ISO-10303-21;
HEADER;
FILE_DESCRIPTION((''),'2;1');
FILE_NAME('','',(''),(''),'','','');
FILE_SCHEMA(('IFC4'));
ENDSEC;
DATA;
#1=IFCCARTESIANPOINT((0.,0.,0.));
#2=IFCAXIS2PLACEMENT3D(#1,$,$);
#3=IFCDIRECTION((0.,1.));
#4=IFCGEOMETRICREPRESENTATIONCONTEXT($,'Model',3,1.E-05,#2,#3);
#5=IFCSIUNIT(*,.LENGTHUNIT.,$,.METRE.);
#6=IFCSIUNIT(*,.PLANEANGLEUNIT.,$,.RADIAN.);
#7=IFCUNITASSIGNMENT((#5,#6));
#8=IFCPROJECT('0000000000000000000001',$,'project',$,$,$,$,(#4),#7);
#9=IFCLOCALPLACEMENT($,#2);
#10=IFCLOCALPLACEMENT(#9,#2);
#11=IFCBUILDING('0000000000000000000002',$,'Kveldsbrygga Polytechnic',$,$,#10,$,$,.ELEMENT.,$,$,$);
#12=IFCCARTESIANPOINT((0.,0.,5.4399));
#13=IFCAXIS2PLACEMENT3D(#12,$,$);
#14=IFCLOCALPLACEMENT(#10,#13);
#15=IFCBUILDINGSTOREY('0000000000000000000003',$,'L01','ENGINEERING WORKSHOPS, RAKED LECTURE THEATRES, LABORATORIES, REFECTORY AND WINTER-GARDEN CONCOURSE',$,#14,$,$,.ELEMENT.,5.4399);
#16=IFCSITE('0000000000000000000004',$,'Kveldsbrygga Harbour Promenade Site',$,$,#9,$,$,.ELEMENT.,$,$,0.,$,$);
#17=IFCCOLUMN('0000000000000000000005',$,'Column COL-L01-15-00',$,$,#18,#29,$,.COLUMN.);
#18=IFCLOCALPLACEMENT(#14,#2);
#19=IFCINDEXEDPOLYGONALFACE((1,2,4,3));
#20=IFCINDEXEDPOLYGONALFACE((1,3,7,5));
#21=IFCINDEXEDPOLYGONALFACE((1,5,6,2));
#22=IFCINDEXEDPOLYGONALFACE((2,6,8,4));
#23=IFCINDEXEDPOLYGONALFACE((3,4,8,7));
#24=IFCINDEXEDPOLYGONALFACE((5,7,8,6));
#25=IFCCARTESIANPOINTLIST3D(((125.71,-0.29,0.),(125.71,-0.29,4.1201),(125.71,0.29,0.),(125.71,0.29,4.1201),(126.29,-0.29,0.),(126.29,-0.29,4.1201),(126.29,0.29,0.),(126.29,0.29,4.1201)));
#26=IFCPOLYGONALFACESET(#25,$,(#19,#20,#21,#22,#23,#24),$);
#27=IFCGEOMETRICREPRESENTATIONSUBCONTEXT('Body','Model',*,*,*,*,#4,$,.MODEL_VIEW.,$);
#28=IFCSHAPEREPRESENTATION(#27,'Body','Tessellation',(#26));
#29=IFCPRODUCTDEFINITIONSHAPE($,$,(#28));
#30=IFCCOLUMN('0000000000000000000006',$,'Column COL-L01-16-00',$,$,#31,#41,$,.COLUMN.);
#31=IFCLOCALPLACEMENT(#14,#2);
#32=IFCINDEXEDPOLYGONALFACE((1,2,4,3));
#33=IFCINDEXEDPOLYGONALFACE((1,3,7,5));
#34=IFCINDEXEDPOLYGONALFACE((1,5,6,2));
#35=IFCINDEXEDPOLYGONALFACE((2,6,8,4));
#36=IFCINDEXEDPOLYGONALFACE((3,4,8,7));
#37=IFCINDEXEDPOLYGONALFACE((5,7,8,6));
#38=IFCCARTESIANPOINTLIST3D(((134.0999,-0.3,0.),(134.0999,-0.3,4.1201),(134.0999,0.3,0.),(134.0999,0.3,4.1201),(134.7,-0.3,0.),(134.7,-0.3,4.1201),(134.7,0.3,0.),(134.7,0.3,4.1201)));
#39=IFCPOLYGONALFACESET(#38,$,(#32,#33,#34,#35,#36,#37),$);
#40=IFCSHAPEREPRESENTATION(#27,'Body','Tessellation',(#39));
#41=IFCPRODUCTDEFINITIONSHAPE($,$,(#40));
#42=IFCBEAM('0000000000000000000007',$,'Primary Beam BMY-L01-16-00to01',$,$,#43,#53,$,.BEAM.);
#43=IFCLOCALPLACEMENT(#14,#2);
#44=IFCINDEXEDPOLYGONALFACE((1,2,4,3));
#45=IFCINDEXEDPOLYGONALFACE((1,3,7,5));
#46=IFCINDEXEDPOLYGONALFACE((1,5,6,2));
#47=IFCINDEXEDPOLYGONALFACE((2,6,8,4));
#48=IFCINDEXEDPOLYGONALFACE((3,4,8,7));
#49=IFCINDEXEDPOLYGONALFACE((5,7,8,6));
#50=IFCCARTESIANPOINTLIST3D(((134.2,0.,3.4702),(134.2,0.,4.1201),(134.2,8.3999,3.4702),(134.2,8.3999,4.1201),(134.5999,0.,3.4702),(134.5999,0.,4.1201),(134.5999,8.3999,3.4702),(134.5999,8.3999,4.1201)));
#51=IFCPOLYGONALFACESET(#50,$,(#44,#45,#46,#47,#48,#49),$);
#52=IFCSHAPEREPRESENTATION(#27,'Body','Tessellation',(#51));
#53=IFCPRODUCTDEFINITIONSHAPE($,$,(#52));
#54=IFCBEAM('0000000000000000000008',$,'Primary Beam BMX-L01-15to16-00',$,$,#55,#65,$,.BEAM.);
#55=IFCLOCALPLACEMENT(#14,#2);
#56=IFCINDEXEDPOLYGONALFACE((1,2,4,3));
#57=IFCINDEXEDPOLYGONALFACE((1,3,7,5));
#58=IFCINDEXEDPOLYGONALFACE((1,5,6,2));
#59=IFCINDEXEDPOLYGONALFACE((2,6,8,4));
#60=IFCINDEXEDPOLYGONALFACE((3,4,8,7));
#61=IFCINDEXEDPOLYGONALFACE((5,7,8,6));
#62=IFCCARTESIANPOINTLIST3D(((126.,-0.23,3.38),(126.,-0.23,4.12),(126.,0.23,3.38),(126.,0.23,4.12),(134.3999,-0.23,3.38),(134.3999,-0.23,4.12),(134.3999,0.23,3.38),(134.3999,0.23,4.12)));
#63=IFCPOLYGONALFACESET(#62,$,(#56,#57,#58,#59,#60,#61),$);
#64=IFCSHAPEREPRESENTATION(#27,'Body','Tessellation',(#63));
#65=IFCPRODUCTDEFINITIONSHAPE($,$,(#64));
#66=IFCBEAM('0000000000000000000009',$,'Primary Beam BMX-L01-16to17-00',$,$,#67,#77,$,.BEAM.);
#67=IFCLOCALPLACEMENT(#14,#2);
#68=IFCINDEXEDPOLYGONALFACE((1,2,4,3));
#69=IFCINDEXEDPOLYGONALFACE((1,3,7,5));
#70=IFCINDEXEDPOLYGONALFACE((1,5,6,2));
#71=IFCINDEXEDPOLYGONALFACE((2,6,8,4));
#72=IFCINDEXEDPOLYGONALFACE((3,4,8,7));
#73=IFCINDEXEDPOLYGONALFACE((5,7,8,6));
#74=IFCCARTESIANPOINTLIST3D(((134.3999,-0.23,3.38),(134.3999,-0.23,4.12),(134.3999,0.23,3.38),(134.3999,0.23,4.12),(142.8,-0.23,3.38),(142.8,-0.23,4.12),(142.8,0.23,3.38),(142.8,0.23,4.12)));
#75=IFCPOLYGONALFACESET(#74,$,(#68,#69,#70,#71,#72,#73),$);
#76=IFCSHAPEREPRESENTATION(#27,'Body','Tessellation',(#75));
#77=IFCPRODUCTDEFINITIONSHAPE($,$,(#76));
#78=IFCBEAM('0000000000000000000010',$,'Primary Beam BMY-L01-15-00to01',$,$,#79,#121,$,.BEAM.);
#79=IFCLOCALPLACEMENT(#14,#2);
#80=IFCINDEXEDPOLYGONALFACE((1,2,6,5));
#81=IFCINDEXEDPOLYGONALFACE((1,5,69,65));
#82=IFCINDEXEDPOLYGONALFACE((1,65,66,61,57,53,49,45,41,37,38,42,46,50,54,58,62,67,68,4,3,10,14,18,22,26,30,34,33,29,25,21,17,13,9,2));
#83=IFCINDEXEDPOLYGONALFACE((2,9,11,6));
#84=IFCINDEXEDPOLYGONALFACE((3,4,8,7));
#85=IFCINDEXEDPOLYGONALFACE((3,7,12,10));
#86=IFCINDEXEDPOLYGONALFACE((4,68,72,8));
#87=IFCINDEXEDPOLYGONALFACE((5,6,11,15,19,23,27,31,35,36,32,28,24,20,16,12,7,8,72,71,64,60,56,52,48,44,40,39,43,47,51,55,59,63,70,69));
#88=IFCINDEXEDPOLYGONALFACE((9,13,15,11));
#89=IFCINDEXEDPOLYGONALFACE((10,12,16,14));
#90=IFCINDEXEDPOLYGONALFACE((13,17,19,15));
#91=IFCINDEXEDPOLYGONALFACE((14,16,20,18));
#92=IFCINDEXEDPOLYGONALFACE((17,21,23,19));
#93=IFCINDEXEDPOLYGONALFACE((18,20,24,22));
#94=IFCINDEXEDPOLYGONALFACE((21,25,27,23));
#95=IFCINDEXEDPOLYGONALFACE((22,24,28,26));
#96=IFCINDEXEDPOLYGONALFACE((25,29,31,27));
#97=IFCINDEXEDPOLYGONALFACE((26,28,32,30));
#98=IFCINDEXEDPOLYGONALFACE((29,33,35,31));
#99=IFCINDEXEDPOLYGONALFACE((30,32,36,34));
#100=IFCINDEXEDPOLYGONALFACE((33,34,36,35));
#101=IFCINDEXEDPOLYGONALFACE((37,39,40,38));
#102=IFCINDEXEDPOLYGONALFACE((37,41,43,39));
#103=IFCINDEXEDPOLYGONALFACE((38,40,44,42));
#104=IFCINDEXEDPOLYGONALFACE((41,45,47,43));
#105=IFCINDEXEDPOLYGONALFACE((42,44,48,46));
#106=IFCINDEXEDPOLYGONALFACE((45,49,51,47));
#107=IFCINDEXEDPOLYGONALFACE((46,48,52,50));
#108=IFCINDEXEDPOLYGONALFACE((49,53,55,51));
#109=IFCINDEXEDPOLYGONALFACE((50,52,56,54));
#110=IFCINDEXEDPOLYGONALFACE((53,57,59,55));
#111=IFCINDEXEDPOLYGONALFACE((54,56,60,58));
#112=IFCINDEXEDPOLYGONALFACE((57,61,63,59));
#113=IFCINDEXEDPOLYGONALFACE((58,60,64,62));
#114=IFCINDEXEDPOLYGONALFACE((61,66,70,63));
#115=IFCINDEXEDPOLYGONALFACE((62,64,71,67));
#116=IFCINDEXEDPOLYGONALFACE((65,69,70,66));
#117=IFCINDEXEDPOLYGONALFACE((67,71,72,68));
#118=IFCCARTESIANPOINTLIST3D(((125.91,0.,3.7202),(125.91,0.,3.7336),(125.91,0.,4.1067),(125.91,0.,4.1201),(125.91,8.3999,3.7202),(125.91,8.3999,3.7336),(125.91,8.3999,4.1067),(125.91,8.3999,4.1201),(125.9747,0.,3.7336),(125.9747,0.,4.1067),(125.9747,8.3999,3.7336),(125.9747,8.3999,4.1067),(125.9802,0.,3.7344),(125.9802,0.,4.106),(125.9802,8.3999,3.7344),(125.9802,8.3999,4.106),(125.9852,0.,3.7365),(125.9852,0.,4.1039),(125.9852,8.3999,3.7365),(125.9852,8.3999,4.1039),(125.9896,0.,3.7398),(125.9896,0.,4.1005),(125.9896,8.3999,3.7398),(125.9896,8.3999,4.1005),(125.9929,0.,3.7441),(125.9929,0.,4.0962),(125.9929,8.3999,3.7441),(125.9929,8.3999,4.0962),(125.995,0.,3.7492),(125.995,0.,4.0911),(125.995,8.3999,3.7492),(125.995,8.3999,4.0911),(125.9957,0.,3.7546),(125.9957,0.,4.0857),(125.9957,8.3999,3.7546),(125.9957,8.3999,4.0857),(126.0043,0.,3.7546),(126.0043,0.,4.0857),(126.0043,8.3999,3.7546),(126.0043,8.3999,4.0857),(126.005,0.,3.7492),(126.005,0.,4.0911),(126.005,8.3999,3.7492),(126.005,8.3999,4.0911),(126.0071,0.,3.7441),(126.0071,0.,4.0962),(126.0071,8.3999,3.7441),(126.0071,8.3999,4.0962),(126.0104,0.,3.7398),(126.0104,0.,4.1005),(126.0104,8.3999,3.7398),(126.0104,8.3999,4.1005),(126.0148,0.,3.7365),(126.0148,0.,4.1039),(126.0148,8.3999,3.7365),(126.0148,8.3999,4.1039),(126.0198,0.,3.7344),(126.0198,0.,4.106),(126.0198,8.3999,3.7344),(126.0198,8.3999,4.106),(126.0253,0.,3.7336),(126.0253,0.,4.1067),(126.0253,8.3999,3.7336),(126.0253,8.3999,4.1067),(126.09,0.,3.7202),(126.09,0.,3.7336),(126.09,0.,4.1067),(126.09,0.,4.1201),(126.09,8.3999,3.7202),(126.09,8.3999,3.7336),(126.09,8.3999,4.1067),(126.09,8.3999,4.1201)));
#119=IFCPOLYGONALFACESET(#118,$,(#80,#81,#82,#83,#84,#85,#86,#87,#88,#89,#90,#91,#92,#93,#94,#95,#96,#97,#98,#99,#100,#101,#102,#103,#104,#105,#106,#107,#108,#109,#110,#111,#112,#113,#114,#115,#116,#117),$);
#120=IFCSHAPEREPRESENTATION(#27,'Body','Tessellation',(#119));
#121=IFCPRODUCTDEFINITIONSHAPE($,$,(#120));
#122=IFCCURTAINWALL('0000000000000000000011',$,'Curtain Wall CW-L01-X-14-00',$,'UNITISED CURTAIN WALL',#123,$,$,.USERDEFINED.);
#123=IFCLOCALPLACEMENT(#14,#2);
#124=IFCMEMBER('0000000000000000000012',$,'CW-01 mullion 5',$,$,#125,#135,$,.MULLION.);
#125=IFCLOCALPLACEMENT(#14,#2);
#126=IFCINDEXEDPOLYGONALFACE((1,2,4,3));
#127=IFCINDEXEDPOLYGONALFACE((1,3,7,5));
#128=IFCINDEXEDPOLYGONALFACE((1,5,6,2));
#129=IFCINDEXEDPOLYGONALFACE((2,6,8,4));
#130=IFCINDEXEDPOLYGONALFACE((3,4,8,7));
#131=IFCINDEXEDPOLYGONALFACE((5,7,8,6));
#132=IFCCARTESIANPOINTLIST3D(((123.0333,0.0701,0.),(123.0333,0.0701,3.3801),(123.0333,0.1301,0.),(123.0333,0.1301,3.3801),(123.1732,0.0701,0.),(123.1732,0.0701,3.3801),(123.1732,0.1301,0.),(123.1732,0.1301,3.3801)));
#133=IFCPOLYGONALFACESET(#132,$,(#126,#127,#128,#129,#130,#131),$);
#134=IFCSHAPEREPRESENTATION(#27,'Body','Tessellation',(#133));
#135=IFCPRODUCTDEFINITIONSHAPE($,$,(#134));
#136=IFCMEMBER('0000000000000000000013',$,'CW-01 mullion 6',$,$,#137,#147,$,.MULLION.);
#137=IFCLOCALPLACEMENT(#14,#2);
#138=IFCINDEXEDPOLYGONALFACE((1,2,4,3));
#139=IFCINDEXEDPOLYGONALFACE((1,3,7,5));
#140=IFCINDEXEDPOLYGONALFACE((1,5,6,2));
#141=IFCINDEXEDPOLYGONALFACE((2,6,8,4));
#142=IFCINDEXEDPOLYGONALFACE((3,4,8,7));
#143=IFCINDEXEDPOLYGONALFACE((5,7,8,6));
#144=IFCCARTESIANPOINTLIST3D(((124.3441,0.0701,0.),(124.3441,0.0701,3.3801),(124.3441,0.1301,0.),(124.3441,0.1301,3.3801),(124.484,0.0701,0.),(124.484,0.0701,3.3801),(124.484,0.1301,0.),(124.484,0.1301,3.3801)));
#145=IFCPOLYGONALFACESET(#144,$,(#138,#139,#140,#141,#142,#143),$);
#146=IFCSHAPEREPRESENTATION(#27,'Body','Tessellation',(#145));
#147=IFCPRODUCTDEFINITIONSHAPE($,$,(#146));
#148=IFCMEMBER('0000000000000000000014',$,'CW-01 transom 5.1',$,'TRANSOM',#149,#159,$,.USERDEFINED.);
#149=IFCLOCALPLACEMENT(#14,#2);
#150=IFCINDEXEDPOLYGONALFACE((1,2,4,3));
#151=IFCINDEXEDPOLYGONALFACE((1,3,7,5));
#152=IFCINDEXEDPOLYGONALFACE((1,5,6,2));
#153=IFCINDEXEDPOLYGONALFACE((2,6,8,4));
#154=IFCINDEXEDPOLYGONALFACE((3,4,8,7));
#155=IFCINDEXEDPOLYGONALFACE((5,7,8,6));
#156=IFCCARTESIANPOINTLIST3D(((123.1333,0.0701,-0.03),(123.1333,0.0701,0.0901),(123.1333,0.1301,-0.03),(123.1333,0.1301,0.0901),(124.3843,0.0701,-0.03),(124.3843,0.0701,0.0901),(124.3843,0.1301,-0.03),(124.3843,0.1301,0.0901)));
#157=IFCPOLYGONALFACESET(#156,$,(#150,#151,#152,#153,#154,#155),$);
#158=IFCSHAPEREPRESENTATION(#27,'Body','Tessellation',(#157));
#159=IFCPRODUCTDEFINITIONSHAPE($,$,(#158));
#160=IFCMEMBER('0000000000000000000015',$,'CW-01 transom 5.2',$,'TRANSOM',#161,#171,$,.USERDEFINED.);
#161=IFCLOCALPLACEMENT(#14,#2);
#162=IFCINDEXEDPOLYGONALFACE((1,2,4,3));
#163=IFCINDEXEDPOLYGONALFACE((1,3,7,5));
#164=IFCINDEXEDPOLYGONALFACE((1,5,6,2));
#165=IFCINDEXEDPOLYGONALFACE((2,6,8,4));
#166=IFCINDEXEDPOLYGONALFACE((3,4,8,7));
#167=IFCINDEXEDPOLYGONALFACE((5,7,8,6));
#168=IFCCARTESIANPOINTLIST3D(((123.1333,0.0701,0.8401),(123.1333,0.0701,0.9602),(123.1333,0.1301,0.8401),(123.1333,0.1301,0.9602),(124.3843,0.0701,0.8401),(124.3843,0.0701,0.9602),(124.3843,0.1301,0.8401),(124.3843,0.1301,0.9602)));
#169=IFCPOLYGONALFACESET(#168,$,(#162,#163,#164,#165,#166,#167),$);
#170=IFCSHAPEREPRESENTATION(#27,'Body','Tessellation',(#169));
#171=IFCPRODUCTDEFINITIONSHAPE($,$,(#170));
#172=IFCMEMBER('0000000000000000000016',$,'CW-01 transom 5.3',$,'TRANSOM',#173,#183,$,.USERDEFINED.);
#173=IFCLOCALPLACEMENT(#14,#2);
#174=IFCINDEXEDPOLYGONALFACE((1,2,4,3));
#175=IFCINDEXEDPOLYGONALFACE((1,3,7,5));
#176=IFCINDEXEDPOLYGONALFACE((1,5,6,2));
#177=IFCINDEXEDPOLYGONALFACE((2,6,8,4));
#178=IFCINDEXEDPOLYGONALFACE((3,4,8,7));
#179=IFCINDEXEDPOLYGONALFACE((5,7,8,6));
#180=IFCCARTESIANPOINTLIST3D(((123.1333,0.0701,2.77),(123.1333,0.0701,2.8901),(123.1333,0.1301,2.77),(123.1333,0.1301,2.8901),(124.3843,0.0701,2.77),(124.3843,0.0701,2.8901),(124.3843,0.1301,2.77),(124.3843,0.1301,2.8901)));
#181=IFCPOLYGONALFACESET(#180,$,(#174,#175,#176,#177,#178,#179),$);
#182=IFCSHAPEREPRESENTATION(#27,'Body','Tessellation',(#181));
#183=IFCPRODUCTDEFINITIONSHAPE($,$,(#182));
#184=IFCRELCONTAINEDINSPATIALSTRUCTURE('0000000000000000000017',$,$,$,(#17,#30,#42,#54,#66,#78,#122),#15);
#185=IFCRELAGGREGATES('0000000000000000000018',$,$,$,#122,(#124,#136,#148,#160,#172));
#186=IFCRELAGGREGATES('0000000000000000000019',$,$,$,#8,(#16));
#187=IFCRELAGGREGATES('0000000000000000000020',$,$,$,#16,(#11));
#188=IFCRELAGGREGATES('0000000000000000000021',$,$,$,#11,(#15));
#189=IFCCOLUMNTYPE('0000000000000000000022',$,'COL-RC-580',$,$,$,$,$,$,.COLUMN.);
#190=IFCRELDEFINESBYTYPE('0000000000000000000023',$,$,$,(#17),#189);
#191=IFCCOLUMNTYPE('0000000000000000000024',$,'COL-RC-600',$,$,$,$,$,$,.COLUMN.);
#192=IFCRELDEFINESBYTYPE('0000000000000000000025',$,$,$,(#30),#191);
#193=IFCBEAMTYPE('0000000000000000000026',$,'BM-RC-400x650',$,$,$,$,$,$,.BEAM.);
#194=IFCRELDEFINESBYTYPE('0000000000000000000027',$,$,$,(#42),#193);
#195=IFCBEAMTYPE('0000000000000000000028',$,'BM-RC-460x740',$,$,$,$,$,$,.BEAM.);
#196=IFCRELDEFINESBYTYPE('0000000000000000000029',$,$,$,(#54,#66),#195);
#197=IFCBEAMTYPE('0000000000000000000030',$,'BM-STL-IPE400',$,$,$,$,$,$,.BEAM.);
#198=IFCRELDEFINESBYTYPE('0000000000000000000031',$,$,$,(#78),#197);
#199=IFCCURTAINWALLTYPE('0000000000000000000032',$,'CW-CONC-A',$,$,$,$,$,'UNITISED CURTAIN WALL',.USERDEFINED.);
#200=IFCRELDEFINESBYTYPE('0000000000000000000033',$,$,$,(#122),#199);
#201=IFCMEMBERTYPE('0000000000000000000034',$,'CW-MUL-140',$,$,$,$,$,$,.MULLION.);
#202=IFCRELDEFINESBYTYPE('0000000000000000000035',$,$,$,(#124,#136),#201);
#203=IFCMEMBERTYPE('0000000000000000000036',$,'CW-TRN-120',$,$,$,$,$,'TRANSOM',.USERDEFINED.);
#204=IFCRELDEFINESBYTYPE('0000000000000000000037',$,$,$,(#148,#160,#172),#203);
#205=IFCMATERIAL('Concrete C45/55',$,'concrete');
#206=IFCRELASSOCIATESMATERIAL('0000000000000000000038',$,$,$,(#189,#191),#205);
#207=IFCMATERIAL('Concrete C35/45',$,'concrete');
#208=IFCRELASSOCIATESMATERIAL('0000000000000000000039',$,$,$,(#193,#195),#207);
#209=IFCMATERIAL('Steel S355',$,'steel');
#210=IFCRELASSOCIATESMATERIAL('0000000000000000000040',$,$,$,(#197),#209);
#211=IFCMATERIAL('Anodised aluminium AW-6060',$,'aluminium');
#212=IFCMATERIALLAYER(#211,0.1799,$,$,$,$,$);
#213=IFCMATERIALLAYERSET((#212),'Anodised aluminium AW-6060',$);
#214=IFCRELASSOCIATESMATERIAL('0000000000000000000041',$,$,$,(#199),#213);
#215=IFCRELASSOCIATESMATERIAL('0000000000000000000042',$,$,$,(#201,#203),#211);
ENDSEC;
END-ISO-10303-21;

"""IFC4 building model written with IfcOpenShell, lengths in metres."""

from ifc_helpers import new_model, si_unit, direction, frame, origin, origin_2d, place, context, subcontext, project, spatial, rectangle, i_section, extrude, material, layer, layer_set, material_profile, profile_set, type_object, element, aggregate, save


model = new_model("IFC4")

# Units and contexts
model_context = context("Model", 3, precision=1e-05, world=origin(), true_north=direction((0.0, 1.0)))
body_context = subcontext(model_context, "Body", "Model", "MODEL_VIEW")
ifc_project = project(units=[si_unit("LENGTHUNIT", "METRE"), si_unit("PLANEANGLEUNIT", "RADIAN")], contexts=[model_context])

# Site, building, storey
site_placement = place(None, origin())
site = spatial("IfcSite", under=ifc_project, at=site_placement, Name="Kveldsbrygga Harbour Promenade Site", CompositionType="ELEMENT", RefElevation=0.0)
building_placement = place(site_placement, origin())
building = spatial("IfcBuilding", under=site, at=building_placement, Name="Kveldsbrygga Polytechnic", CompositionType="ELEMENT")
storey_placement = place(building_placement, frame((0.0, 0.0, 5.4399)))
storey = spatial("IfcBuildingStorey", under=building, at=storey_placement, Name="L01", Description="ENGINEERING WORKSHOPS, RAKED LECTURE THEATRES, LABORATORIES, REFECTORY AND WINTER-GARDEN CONCOURSE", CompositionType="ELEMENT", Elevation=5.4399)

# Columns
ifc_material_1 = material(Name="Concrete C45/55", Category="concrete")
ifc_material_profile_1 = material_profile(ifc_material_1, rectangle(XDim=0.5801, YDim=0.5801, at=origin_2d()), Name="RC 580x580")
ifc_profile_set_1 = profile_set([ifc_material_profile_1], Name="Concrete C45/55")
column_type_1 = type_object("IfcColumnType", Name="COL-RC-580", PredefinedType="COLUMN", material=ifc_profile_set_1)
column_1_placement = place(storey_placement, frame((126.0, 0.0, 0.0), z_axis=(0.0, 0.0, 1.0), x_axis=(1.0, 0.0, 0.0)))
element("IfcColumn", 1, at=column_1_placement, inside=storey, type_object=column_type_1, Name="Column COL-L01-15-00", PredefinedType="COLUMN", context=body_context, shape_type="SweptSolid", body=[
    extrude(rectangle(XDim=0.5801, YDim=0.5801, at=origin_2d()), origin(), (0.0, 0.0, 1.0), 4.1201),
])
ifc_material_profile_2 = material_profile(ifc_material_1, rectangle(XDim=0.6001, YDim=0.6001, at=origin_2d()), Name="RC 600x600")
ifc_profile_set_2 = profile_set([ifc_material_profile_2], Name="Concrete C45/55")
column_type_2 = type_object("IfcColumnType", Name="COL-RC-600", PredefinedType="COLUMN", material=ifc_profile_set_2)
column_2_placement = place(storey_placement, frame((134.3999, 0.0, 0.0), z_axis=(0.0, 0.0, 1.0), x_axis=(1.0, 0.0, 0.0)))
element("IfcColumn", 2, at=column_2_placement, inside=storey, type_object=column_type_2, Name="Column COL-L01-16-00", PredefinedType="COLUMN", context=body_context, shape_type="SweptSolid", body=[
    extrude(rectangle(XDim=0.6001, YDim=0.6001, at=origin_2d()), origin(), (0.0, 0.0, 1.0), 4.1201),
])

# Beams
ifc_material_2 = material(Name="Concrete C35/45", Category="concrete")
ifc_material_profile_3 = material_profile(ifc_material_2, rectangle(XDim=0.3999, YDim=0.6499, at=origin_2d()), Name="RC 400x650")
ifc_profile_set_3 = profile_set([ifc_material_profile_3], Name="Concrete C35/45")
beam_type_1 = type_object("IfcBeamType", Name="BM-RC-400x650", PredefinedType="BEAM", material=ifc_profile_set_3)
beam_1_placement = place(storey_placement, frame((134.3999, 0.0, 3.7952), z_axis=(0.0, 1.0, 0.0), x_axis=(-1.0, 0.0, 0.0)))
element("IfcBeam", 3, at=beam_1_placement, inside=storey, type_object=beam_type_1, Name="Primary Beam BMY-L01-16-00to01", PredefinedType="BEAM", context=body_context, shape_type="SweptSolid", body=[
    extrude(rectangle(XDim=0.3999, YDim=0.6499, at=origin_2d()), origin(), (0.0, 0.0, 1.0), 8.3999),
])
ifc_material_profile_4 = material_profile(ifc_material_2, rectangle(XDim=0.46, YDim=0.74, at=origin_2d()), Name="RC 460x740")
ifc_profile_set_4 = profile_set([ifc_material_profile_4], Name="Concrete C35/45")
beam_type_2 = type_object("IfcBeamType", Name="BM-RC-460x740", PredefinedType="BEAM", material=ifc_profile_set_4)
beam_2_placement = place(storey_placement, frame((126.0, 0.0, 3.75), z_axis=(1.0, 0.0, 0.0), x_axis=(0.0, 1.0, 0.0)))
element("IfcBeam", 4, at=beam_2_placement, inside=storey, type_object=beam_type_2, Name="Primary Beam BMX-L01-15to16-00", PredefinedType="BEAM", context=body_context, shape_type="SweptSolid", body=[
    extrude(rectangle(XDim=0.46, YDim=0.74, at=origin_2d()), origin(), (0.0, 0.0, 1.0), 8.3999),
])
beam_3_placement = place(storey_placement, frame((134.3999, 0.0, 3.75), z_axis=(1.0, 0.0, 0.0), x_axis=(0.0, 1.0, 0.0)))
element("IfcBeam", 5, at=beam_3_placement, inside=storey, type_object=beam_type_2, Name="Primary Beam BMX-L01-16to17-00", PredefinedType="BEAM", context=body_context, shape_type="SweptSolid", body=[
    extrude(rectangle(XDim=0.46, YDim=0.74, at=origin_2d()), origin(), (0.0, 0.0, 1.0), 8.4001),
])
ifc_material_3 = material(Name="Steel S355", Category="steel")
ifc_material_profile_5 = material_profile(ifc_material_3, i_section(OverallWidth=0.1799, OverallDepth=0.3999, WebThickness=0.0085, FlangeThickness=0.0134, FilletRadius=0.021, at=origin_2d()), Name="IPE 400")
ifc_profile_set_5 = profile_set([ifc_material_profile_5], Name="Steel S355")
beam_type_3 = type_object("IfcBeamType", Name="BM-STL-IPE400", PredefinedType="BEAM", material=ifc_profile_set_5)
beam_4_placement = place(storey_placement, frame((126.0, 0.0, 3.9202), z_axis=(0.0, 1.0, 0.0), x_axis=(-1.0, 0.0, 0.0)))
element("IfcBeam", 6, at=beam_4_placement, inside=storey, type_object=beam_type_3, Name="Primary Beam BMY-L01-15-00to01", PredefinedType="BEAM", context=body_context, shape_type="SweptSolid", body=[
    extrude(i_section(OverallWidth=0.1799, OverallDepth=0.3999, WebThickness=0.0085, FlangeThickness=0.0134, FilletRadius=0.021, at=origin_2d()), origin(), (0.0, 0.0, 1.0), 8.3999),
])

# Curtain wall, members
ifc_material_4 = material(Name="Anodised aluminium AW-6060", Category="aluminium")
ifc_layer_1 = layer(ifc_material_4, 0.1799)
ifc_layer_set_1 = layer_set([ifc_layer_1], Name="Anodised aluminium AW-6060")
curtain_wall_type = type_object("IfcCurtainWallType", Name="CW-CONC-A", ElementType="UNITISED CURTAIN WALL", PredefinedType="USERDEFINED", material=ifc_layer_set_1)
curtain_wall_placement = place(storey_placement, origin())
curtain_wall = element("IfcCurtainWall", 7, at=curtain_wall_placement, inside=storey, type_object=curtain_wall_type, Name="Curtain Wall CW-L01-X-14-00", ObjectType="UNITISED CURTAIN WALL", PredefinedType="USERDEFINED")
ifc_material_profile_6 = material_profile(ifc_material_4, rectangle(XDim=0.0601, YDim=0.1399, at=origin_2d()), Name="ALU 60x140")
ifc_profile_set_6 = profile_set([ifc_material_profile_6], Name="Anodised aluminium AW-6060")
member_type_1 = type_object("IfcMemberType", Name="CW-MUL-140", PredefinedType="MULLION", material=ifc_profile_set_6)
member_1_placement = place(storey_placement, frame((123.1033, 0.1001, 0.0), z_axis=(0.0, 0.0, 1.0), x_axis=(0.0, 1.0, 0.0)))
member_1 = element("IfcMember", 8, at=member_1_placement, type_object=member_type_1, Name="CW-01 mullion 5", PredefinedType="MULLION", context=body_context, shape_type="SweptSolid", body=[
    extrude(rectangle(XDim=0.0601, YDim=0.1399, at=origin_2d()), origin(), (0.0, 0.0, 1.0), 3.3801),
])
member_2_placement = place(storey_placement, frame((124.4141, 0.1001, 0.0), z_axis=(0.0, 0.0, 1.0), x_axis=(0.0, 1.0, 0.0)))
member_2 = element("IfcMember", 9, at=member_2_placement, type_object=member_type_1, Name="CW-01 mullion 6", PredefinedType="MULLION", context=body_context, shape_type="SweptSolid", body=[
    extrude(rectangle(XDim=0.0601, YDim=0.1399, at=origin_2d()), origin(), (0.0, 0.0, 1.0), 3.3801),
])
ifc_material_profile_7 = material_profile(ifc_material_4, rectangle(XDim=0.0601, YDim=0.1201, at=origin_2d()), Name="ALU 60x120")
ifc_profile_set_7 = profile_set([ifc_material_profile_7], Name="Anodised aluminium AW-6060")
member_type_2 = type_object("IfcMemberType", Name="CW-TRN-120", ElementType="TRANSOM", PredefinedType="USERDEFINED", material=ifc_profile_set_7)
member_3_placement = place(storey_placement, frame((123.1333, 0.1001, 0.03), z_axis=(1.0, 0.0, 0.0), x_axis=(0.0, 1.0, 0.0)))
member_3 = element("IfcMember", 10, at=member_3_placement, type_object=member_type_2, Name="CW-01 transom 5.1", ObjectType="TRANSOM", PredefinedType="USERDEFINED", context=body_context, shape_type="SweptSolid", body=[
    extrude(rectangle(XDim=0.0601, YDim=0.1201, at=origin_2d()), origin(), (0.0, 0.0, 1.0), 1.251),
])
member_4_placement = place(storey_placement, frame((123.1333, 0.1001, 0.9001), z_axis=(1.0, 0.0, 0.0), x_axis=(0.0, 1.0, 0.0)))
member_4 = element("IfcMember", 11, at=member_4_placement, type_object=member_type_2, Name="CW-01 transom 5.2", ObjectType="TRANSOM", PredefinedType="USERDEFINED", context=body_context, shape_type="SweptSolid", body=[
    extrude(rectangle(XDim=0.0601, YDim=0.1201, at=origin_2d()), origin(), (0.0, 0.0, 1.0), 1.251),
])
member_5_placement = place(storey_placement, frame((123.1333, 0.1001, 2.8301), z_axis=(1.0, 0.0, 0.0), x_axis=(0.0, 1.0, 0.0)))
member_5 = element("IfcMember", 12, at=member_5_placement, type_object=member_type_2, Name="CW-01 transom 5.3", ObjectType="TRANSOM", PredefinedType="USERDEFINED", context=body_context, shape_type="SweptSolid", body=[
    extrude(rectangle(XDim=0.0601, YDim=0.1201, at=origin_2d()), origin(), (0.0, 0.0, 1.0), 1.251),
])
aggregate(curtain_wall, [member_1, member_2, member_3, member_4, member_5])

save(model, "model.ifc")
